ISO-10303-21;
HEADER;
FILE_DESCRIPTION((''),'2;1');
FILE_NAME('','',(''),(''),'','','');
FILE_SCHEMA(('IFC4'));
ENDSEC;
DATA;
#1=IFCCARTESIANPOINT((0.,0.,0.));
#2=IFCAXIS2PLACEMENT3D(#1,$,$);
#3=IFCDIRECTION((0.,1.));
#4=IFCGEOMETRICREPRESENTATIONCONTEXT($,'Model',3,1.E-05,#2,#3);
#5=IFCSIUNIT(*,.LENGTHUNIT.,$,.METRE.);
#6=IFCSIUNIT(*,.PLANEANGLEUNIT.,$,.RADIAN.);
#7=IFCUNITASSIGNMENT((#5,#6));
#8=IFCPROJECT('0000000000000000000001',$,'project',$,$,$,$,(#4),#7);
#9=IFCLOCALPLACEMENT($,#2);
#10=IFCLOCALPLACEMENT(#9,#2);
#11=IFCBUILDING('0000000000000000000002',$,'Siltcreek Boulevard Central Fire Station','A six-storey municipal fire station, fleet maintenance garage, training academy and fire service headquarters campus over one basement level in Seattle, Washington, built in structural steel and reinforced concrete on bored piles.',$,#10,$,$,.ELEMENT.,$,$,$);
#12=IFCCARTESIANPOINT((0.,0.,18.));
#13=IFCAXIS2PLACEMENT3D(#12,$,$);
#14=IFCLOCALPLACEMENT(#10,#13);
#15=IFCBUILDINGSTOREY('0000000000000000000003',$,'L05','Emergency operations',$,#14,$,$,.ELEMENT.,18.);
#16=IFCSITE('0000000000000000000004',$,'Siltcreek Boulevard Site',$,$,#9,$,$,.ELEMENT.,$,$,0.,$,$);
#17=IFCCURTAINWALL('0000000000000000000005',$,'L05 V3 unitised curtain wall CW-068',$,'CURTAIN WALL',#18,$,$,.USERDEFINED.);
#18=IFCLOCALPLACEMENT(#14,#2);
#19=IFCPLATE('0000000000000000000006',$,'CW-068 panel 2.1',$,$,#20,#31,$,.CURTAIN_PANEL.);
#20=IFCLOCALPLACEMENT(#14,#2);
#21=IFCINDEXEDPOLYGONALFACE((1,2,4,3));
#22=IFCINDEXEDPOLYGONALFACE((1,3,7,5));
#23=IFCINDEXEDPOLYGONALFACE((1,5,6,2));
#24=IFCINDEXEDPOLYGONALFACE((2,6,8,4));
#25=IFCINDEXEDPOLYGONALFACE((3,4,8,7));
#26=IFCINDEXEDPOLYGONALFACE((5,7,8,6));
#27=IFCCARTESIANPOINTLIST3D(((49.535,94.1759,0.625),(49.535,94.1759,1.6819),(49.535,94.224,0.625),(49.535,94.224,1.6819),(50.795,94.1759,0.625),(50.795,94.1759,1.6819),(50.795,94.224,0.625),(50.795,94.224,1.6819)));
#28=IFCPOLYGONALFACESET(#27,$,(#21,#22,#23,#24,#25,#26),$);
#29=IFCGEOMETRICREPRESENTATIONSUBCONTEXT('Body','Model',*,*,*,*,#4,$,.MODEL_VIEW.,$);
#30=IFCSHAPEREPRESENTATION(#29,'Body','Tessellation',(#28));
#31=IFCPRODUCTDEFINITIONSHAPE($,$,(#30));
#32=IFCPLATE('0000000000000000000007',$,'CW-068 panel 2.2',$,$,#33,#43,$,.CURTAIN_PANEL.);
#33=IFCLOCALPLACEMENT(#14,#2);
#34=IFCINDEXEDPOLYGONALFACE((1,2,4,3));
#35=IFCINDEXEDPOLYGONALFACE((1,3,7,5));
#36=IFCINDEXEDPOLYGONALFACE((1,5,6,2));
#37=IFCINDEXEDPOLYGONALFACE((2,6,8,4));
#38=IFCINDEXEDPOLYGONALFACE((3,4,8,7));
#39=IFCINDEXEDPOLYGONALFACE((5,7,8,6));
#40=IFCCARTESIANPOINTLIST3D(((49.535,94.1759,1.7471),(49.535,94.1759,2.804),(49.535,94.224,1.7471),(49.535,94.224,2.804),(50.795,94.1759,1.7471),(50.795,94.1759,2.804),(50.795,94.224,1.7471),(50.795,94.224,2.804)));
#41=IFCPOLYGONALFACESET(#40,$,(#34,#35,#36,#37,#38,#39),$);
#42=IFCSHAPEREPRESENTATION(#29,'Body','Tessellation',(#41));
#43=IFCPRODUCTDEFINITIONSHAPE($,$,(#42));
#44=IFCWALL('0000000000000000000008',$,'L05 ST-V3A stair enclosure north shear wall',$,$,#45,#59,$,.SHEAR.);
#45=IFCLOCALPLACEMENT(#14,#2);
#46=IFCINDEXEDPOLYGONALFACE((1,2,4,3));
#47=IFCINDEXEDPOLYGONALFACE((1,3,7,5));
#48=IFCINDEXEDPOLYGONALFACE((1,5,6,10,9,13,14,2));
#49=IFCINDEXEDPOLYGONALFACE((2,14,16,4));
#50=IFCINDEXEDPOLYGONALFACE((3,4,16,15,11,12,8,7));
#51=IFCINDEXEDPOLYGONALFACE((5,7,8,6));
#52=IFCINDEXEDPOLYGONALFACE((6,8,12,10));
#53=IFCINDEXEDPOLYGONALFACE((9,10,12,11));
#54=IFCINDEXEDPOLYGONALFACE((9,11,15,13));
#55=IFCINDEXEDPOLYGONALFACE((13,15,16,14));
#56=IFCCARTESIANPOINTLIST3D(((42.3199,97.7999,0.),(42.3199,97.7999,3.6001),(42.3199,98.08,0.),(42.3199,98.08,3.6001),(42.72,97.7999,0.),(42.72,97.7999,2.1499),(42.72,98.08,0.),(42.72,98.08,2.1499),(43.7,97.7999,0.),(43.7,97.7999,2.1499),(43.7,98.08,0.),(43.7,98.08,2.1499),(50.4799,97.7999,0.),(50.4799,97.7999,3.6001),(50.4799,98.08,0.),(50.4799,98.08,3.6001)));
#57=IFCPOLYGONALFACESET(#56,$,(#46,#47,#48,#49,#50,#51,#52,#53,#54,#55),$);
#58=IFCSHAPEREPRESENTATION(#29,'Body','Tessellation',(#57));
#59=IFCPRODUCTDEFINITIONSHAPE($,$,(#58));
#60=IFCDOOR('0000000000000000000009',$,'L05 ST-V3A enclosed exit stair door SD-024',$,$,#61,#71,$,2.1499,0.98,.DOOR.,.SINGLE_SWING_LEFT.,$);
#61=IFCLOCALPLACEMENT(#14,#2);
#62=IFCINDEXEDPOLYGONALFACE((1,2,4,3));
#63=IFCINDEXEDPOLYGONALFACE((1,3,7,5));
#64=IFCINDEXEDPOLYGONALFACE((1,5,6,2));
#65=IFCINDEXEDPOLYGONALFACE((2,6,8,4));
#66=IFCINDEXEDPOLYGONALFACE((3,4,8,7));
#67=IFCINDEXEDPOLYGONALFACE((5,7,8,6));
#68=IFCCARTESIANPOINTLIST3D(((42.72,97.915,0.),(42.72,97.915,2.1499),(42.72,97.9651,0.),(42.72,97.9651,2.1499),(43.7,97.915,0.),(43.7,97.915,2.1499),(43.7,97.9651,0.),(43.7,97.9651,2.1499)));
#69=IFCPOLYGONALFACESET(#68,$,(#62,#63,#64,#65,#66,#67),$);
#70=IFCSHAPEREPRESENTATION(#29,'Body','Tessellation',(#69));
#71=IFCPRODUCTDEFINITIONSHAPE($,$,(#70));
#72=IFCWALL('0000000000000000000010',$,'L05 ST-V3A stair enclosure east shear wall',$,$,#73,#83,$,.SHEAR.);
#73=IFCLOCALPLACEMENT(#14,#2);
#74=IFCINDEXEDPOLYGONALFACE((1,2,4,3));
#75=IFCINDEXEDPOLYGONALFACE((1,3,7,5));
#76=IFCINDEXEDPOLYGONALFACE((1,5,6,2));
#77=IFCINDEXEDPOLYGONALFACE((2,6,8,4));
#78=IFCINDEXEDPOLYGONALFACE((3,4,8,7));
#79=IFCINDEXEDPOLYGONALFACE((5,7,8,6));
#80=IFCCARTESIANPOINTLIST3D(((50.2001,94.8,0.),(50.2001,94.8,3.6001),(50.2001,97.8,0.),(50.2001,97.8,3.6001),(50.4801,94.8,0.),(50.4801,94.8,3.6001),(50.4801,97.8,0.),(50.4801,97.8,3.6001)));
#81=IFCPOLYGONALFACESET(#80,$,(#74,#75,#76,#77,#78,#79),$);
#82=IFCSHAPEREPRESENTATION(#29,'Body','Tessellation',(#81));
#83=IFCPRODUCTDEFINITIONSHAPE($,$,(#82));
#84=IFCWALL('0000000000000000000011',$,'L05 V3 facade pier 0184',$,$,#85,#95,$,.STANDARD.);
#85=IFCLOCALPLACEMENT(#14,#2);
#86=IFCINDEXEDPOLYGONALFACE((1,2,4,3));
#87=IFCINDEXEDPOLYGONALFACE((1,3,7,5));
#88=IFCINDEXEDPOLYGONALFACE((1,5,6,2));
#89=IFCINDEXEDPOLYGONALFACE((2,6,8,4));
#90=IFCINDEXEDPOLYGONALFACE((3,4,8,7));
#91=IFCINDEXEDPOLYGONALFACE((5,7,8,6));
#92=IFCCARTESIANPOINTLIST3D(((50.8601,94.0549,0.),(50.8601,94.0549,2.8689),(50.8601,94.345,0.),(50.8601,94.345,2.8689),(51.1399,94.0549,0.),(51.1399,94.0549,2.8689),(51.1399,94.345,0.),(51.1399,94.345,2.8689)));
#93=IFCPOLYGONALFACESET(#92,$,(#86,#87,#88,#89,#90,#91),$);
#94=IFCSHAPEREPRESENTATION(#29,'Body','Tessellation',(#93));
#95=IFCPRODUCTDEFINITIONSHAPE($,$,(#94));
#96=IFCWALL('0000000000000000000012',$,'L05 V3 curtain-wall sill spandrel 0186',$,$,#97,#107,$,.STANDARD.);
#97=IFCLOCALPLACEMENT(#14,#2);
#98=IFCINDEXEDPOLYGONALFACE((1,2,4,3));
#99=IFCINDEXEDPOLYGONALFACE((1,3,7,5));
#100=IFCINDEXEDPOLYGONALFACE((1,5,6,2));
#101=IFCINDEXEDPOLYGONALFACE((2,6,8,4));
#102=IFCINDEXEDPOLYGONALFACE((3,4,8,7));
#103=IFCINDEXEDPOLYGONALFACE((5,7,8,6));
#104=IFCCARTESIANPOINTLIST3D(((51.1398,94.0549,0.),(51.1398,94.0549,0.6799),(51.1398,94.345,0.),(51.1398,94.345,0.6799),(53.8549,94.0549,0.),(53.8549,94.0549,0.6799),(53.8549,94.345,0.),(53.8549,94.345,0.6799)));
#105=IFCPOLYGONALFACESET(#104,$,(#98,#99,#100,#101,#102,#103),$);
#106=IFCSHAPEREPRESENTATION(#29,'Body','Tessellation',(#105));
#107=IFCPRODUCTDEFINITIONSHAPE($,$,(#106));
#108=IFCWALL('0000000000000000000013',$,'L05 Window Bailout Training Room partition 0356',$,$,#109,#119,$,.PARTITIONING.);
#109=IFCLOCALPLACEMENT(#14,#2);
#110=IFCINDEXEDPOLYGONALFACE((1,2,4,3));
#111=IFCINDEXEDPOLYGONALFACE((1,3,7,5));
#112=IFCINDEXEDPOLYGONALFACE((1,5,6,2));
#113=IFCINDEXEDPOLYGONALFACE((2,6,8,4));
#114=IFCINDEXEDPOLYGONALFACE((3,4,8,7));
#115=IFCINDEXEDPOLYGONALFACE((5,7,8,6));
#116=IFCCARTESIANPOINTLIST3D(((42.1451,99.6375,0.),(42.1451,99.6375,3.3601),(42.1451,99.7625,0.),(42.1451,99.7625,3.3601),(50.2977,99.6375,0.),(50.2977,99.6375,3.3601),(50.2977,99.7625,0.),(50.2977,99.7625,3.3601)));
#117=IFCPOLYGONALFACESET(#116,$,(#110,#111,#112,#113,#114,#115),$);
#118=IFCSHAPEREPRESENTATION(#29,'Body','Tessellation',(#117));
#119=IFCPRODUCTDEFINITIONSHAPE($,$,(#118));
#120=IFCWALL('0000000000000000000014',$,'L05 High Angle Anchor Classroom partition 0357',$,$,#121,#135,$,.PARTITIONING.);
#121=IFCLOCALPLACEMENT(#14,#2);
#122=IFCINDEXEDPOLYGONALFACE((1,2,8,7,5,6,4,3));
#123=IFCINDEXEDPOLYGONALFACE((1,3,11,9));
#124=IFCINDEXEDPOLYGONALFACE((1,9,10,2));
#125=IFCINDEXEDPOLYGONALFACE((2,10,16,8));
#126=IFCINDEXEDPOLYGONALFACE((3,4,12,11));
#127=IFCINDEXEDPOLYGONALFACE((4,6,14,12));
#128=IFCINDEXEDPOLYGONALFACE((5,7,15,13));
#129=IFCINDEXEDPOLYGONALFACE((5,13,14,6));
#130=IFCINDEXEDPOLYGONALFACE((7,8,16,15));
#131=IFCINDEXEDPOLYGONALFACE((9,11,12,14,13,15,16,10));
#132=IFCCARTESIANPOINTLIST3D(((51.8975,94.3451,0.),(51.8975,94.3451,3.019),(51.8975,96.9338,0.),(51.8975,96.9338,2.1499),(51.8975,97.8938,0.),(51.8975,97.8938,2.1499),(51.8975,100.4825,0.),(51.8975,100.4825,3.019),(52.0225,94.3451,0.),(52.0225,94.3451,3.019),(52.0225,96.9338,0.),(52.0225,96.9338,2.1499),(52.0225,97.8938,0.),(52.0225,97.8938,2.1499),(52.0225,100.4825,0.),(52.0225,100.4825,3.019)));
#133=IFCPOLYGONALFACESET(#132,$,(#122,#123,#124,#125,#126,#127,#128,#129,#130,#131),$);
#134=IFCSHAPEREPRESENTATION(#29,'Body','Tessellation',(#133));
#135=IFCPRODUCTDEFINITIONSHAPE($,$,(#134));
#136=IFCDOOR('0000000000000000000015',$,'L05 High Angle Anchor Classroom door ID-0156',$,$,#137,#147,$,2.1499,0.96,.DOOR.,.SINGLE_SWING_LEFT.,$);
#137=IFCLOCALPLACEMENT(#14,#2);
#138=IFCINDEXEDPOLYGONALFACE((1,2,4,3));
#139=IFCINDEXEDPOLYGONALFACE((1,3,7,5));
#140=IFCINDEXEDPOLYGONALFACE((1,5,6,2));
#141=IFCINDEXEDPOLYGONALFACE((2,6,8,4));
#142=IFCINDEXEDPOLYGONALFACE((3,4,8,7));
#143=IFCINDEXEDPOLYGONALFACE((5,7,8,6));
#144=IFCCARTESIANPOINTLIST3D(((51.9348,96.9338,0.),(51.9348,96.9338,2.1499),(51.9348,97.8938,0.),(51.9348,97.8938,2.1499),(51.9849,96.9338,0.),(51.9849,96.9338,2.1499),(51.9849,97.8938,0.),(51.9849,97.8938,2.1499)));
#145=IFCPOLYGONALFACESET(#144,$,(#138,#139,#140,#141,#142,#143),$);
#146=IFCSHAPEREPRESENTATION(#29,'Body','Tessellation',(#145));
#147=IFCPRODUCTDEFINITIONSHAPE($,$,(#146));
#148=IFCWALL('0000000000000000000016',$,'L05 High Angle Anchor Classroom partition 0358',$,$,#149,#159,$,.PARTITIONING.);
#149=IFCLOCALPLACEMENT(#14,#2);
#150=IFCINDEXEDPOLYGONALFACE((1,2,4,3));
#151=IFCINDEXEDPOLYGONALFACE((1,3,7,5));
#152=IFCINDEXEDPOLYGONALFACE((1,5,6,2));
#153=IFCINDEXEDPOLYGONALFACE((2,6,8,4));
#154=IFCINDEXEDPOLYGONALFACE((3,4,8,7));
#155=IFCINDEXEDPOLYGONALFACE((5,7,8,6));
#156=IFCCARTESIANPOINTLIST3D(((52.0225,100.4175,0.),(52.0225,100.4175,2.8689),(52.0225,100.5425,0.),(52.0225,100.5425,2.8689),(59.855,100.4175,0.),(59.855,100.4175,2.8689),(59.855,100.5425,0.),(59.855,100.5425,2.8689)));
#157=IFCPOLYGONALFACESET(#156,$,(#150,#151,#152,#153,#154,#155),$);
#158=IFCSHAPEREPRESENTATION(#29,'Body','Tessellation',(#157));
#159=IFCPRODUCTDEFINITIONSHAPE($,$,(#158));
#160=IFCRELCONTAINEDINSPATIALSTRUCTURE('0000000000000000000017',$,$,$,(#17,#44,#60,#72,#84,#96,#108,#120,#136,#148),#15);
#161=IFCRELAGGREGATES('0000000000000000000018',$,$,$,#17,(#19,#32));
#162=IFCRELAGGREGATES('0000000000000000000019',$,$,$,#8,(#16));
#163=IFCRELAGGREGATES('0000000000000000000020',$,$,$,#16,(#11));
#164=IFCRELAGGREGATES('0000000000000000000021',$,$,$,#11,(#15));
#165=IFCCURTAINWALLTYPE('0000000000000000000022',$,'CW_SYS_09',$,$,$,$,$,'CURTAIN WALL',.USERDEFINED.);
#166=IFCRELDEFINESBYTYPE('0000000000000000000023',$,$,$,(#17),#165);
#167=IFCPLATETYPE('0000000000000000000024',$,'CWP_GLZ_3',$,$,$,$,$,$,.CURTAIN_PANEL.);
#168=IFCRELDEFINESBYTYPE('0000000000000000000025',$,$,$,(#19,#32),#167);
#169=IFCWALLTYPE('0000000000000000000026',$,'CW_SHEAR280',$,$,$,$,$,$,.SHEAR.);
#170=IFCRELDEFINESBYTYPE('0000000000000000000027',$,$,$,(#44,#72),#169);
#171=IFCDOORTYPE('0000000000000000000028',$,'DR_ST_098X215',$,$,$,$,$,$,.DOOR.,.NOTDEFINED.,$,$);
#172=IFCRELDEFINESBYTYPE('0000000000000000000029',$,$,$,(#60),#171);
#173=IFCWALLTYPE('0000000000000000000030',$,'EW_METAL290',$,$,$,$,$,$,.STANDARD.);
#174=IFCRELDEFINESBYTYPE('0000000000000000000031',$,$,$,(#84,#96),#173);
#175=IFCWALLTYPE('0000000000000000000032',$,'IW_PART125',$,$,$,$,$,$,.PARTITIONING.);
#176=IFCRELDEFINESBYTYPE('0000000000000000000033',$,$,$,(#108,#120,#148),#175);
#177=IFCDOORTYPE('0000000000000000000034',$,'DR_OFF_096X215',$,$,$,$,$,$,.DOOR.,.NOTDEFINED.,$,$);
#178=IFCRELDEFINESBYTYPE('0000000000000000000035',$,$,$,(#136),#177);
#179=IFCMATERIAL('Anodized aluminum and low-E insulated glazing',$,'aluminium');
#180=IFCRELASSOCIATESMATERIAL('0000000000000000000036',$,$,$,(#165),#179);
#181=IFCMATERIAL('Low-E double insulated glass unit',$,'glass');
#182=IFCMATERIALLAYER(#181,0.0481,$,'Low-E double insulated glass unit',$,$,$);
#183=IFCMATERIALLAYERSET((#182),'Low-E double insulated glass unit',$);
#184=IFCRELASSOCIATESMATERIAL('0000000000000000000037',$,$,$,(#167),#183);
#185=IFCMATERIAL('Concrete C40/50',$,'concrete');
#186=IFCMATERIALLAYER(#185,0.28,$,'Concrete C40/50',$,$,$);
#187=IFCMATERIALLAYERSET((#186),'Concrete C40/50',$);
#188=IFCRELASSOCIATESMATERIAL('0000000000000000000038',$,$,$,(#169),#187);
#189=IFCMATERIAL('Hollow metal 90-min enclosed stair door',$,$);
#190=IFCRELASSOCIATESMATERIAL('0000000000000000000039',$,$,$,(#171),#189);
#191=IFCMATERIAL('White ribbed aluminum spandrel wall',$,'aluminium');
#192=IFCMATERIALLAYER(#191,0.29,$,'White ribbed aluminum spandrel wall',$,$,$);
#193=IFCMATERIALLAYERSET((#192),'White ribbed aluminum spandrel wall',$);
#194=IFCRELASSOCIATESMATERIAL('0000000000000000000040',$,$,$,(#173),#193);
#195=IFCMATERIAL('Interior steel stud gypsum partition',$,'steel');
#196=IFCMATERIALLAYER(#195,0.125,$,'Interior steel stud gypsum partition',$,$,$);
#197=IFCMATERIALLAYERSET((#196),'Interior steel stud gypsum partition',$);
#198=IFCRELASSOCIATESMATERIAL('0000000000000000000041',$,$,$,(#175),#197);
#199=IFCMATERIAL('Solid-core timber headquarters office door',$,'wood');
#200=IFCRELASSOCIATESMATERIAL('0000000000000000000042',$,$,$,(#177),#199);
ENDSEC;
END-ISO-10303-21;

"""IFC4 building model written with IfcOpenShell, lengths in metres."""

from ifc_helpers import new_model, si_unit, direction, frame, frame_2d, origin, origin_2d, place, context, subcontext, project, spatial, rectangle, extrude, material, layer, layer_set, type_object, element, fill, aggregate, save


model = new_model("IFC4")

# Units and contexts
model_context = context("Model", 3, precision=1e-05, world=origin(), true_north=direction((0.0, 1.0)))
body_context = subcontext(model_context, "Body", "Model", "MODEL_VIEW")
ifc_project = project(units=[si_unit("LENGTHUNIT", "METRE"), si_unit("PLANEANGLEUNIT", "RADIAN")], contexts=[model_context])

# Site, building, storey
site_placement = place(None, origin())
site = spatial("IfcSite", under=ifc_project, at=site_placement, Name="Siltcreek Boulevard Site", CompositionType="ELEMENT", RefElevation=0.0)
building_placement = place(site_placement, origin())
building = spatial("IfcBuilding", under=site, at=building_placement, Name="Siltcreek Boulevard Central Fire Station", Description="A six-storey municipal fire station, fleet maintenance garage, training academy and fire service headquarters campus over one basement level in Seattle, Washington, built in structural steel and reinforced concrete on bored piles.", CompositionType="ELEMENT")
storey_placement = place(building_placement, frame((0.0, 0.0, 18.0)))
storey = spatial("IfcBuildingStorey", under=building, at=storey_placement, Name="L05", Description="Emergency operations", CompositionType="ELEMENT", Elevation=18.0)

# Curtain wall
ifc_material_1 = material(Name="Anodized aluminum and low-E insulated glazing", Category="aluminium")
curtain_wall_type_1 = type_object("IfcCurtainWallType", Name="CW_SYS_09", ElementType="CURTAIN WALL", PredefinedType="USERDEFINED", material=ifc_material_1)
curtain_wall_1_placement = place(storey_placement, origin())
curtain_wall_1 = element("IfcCurtainWall", 1, at=curtain_wall_1_placement, inside=storey, type_object=curtain_wall_type_1, Name="L05 V3 unitised curtain wall CW-068", ObjectType="CURTAIN WALL", PredefinedType="USERDEFINED")

# Plates
ifc_material_2 = material(Name="Low-E double insulated glass unit", Category="glass")
ifc_layer_1 = layer(ifc_material_2, 0.0481, Name="Low-E double insulated glass unit")
ifc_layer_set_1 = layer_set([ifc_layer_1], Name="Low-E double insulated glass unit")
plate_type_1 = type_object("IfcPlateType", Name="CWP_GLZ_3", PredefinedType="CURTAIN_PANEL", material=ifc_layer_set_1)
plate_1_placement = place(storey_placement, frame((50.165, 94.2, 0.625), z_axis=(0.0, 0.0, 1.0), x_axis=(1.0, 0.0, 0.0)))
plate_1 = element("IfcPlate", 2, at=plate_1_placement, type_object=plate_type_1, Name="CW-068 panel 2.1", PredefinedType="CURTAIN_PANEL", context=body_context, shape_type="SweptSolid", body=[
    extrude(rectangle(XDim=1.26, YDim=0.0481, at=origin_2d()), origin(), (0.0, 0.0, 1.0), 1.0569),
])
plate_2_placement = place(storey_placement, frame((50.165, 94.2, 1.7471), z_axis=(0.0, 0.0, 1.0), x_axis=(1.0, 0.0, 0.0)))
plate_2 = element("IfcPlate", 3, at=plate_2_placement, type_object=plate_type_1, Name="CW-068 panel 2.2", PredefinedType="CURTAIN_PANEL", context=body_context, shape_type="SweptSolid", body=[
    extrude(rectangle(XDim=1.26, YDim=0.0481, at=origin_2d()), origin(), (0.0, 0.0, 1.0), 1.0569),
])
aggregate(curtain_wall_1, [plate_1, plate_2])

# Wall, opening, door
ifc_material_3 = material(Name="Concrete C40/50", Category="concrete")
ifc_layer_2 = layer(ifc_material_3, 0.28, Name="Concrete C40/50")
ifc_layer_set_2 = layer_set([ifc_layer_2], Name="Concrete C40/50")
wall_type_1 = type_object("IfcWallType", Name="CW_SHEAR280", PredefinedType="SHEAR", material=ifc_layer_set_2)
wall_1_placement = place(storey_placement, frame((50.48, 97.9399, 0.0), z_axis=(0.0, 0.0, 1.0), x_axis=(-1.0, 0.0, 0.0)))
wall_1 = element("IfcWall", 4, at=wall_1_placement, inside=storey, type_object=wall_type_1, Name="L05 ST-V3A stair enclosure north shear wall", PredefinedType="SHEAR", context=body_context, shape_type="SweptSolid", body=[
    extrude(rectangle(XDim=8.1599, YDim=0.28, at=frame_2d((4.0801, 0.0))), origin(), (0.0, 0.0, 1.0), 3.6001),
])
opening_1_placement = place(wall_1_placement, frame((6.78, 0.0, 0.0)))
opening_1 = element("IfcOpeningElement", 5, at=opening_1_placement, cuts=wall_1, PredefinedType="OPENING", context=body_context, shape_type="SweptSolid", body=[
    extrude(rectangle(XDim=0.98, YDim=2.1499, at=frame_2d((0.49, 1.075))), frame((0.0, 0.1499, 0.0), z_axis=(0.0, -1.0, 0.0), x_axis=(1.0, 0.0, 0.0)), (0.0, 0.0, 1.0), 0.3),
])
ifc_material_4 = material(Name="Hollow metal 90-min enclosed stair door")
door_type_1 = type_object("IfcDoorType", Name="DR_ST_098X215", OperationType="NOTDEFINED", PredefinedType="DOOR", material=ifc_material_4)
door_1_placement = place(opening_1_placement, origin())
door_1 = element("IfcDoor", 6, at=door_1_placement, inside=storey, type_object=door_type_1, Name="L05 ST-V3A enclosed exit stair door SD-024", OperationType="SINGLE_SWING_LEFT", OverallHeight=2.1499, OverallWidth=0.98, PredefinedType="DOOR", context=body_context, shape_type="SweptSolid", body=[
    extrude(rectangle(XDim=0.98, YDim=2.1499, at=frame_2d((0.49, 1.075))), frame((0.0, 0.0249, 0.0), z_axis=(0.0, -1.0, 0.0), x_axis=(1.0, 0.0, 0.0)), (0.0, 0.0, 1.0), 0.05),
])
fill(opening_1, door_1)

# Walls
wall_2_placement = place(storey_placement, frame((50.3401, 94.8, 0.0), z_axis=(0.0, 0.0, 1.0), x_axis=(0.0, 1.0, 0.0)))
element("IfcWall", 7, at=wall_2_placement, inside=storey, type_object=wall_type_1, Name="L05 ST-V3A stair enclosure east shear wall", PredefinedType="SHEAR", context=body_context, shape_type="SweptSolid", body=[
    extrude(rectangle(XDim=3.0, YDim=0.28, at=frame_2d((1.5, 0.0))), origin(), (0.0, 0.0, 1.0), 3.6001),
])
ifc_material_5 = material(Name="White ribbed aluminum spandrel wall", Category="aluminium")
ifc_layer_3 = layer(ifc_material_5, 0.29, Name="White ribbed aluminum spandrel wall")
ifc_layer_set_3 = layer_set([ifc_layer_3], Name="White ribbed aluminum spandrel wall")
wall_type_2 = type_object("IfcWallType", Name="EW_METAL290", PredefinedType="STANDARD", material=ifc_layer_set_3)
wall_3_placement = place(storey_placement, frame((50.8601, 94.2, 0.0), z_axis=(0.0, 0.0, 1.0), x_axis=(1.0, 0.0, 0.0)))
element("IfcWall", 8, at=wall_3_placement, inside=storey, type_object=wall_type_2, Name="L05 V3 facade pier 0184", PredefinedType="STANDARD", context=body_context, shape_type="SweptSolid", body=[
    extrude(rectangle(XDim=0.2798, YDim=0.29, at=frame_2d((0.1399, 0.0))), origin(), (0.0, 0.0, 1.0), 2.8689),
])
wall_4_placement = place(storey_placement, frame((51.1399, 94.2, 0.0), z_axis=(0.0, 0.0, 1.0), x_axis=(1.0, 0.0, 0.0)))
element("IfcWall", 9, at=wall_4_placement, inside=storey, type_object=wall_type_2, Name="L05 V3 curtain-wall sill spandrel 0186", PredefinedType="STANDARD", context=body_context, shape_type="SweptSolid", body=[
    extrude(rectangle(XDim=2.7151, YDim=0.29, at=frame_2d((1.3574, 0.0))), origin(), (0.0, 0.0, 1.0), 0.6799),
])
ifc_material_6 = material(Name="Interior steel stud gypsum partition", Category="steel")
ifc_layer_4 = layer(ifc_material_6, 0.125, Name="Interior steel stud gypsum partition")
ifc_layer_set_4 = layer_set([ifc_layer_4], Name="Interior steel stud gypsum partition")
wall_type_3 = type_object("IfcWallType", Name="IW_PART125", PredefinedType="PARTITIONING", material=ifc_layer_set_4)
wall_5_placement = place(storey_placement, frame((50.2976, 99.7, 0.0), z_axis=(0.0, 0.0, 1.0), x_axis=(-1.0, 0.0, 0.0)))
element("IfcWall", 10, at=wall_5_placement, inside=storey, type_object=wall_type_3, Name="L05 Window Bailout Training Room partition 0356", PredefinedType="PARTITIONING", context=body_context, shape_type="SweptSolid", body=[
    extrude(rectangle(XDim=8.1526, YDim=0.125, at=frame_2d((4.0762, 0.0))), origin(), (0.0, 0.0, 1.0), 3.3601),
])

# Wall, opening, door
wall_6_placement = place(storey_placement, frame((51.96, 94.345, 0.0), z_axis=(0.0, 0.0, 1.0), x_axis=(0.0, 1.0, 0.0)))
wall_6 = element("IfcWall", 11, at=wall_6_placement, inside=storey, type_object=wall_type_3, Name="L05 High Angle Anchor Classroom partition 0357", PredefinedType="PARTITIONING", context=body_context, shape_type="SweptSolid", body=[
    extrude(rectangle(XDim=6.1375, YDim=0.125, at=frame_2d((3.0688, 0.0))), origin(), (0.0, 0.0, 1.0), 3.019),
])
opening_2_placement = place(wall_6_placement, frame((2.5889, 0.0, 0.0)))
opening_2 = element("IfcOpeningElement", 12, at=opening_2_placement, cuts=wall_6, PredefinedType="OPENING", context=body_context, shape_type="SweptSolid", body=[
    extrude(rectangle(XDim=0.96, YDim=2.1499, at=frame_2d((0.48, 1.075))), frame((0.0, 0.0725, 0.0), z_axis=(0.0, -1.0, 0.0), x_axis=(1.0, 0.0, 0.0)), (0.0, 0.0, 1.0), 0.145),
])
ifc_material_7 = material(Name="Solid-core timber headquarters office door", Category="wood")
door_type_2 = type_object("IfcDoorType", Name="DR_OFF_096X215", OperationType="NOTDEFINED", PredefinedType="DOOR", material=ifc_material_7)
door_2_placement = place(opening_2_placement, frame((0.96, 0.0, 0.0), z_axis=(0.0, 0.0, 1.0), x_axis=(-1.0, 0.0, 0.0)))
door_2 = element("IfcDoor", 13, at=door_2_placement, inside=storey, type_object=door_type_2, Name="L05 High Angle Anchor Classroom door ID-0156", OperationType="SINGLE_SWING_LEFT", OverallHeight=2.1499, OverallWidth=0.96, PredefinedType="DOOR", context=body_context, shape_type="SweptSolid", body=[
    extrude(rectangle(XDim=0.96, YDim=2.1499, at=frame_2d((0.48, 1.075))), frame((0.0, 0.0249, 0.0), z_axis=(0.0, -1.0, 0.0), x_axis=(1.0, 0.0, 0.0)), (0.0, 0.0, 1.0), 0.05),
])
fill(opening_2, door_2)

# Wall
wall_7_placement = place(storey_placement, frame((52.0225, 100.48, 0.0), z_axis=(0.0, 0.0, 1.0), x_axis=(1.0, 0.0, 0.0)))
element("IfcWall", 14, at=wall_7_placement, inside=storey, type_object=wall_type_3, Name="L05 High Angle Anchor Classroom partition 0358", PredefinedType="PARTITIONING", context=body_context, shape_type="SweptSolid", body=[
    extrude(rectangle(XDim=7.8325, YDim=0.125, at=frame_2d((3.9163, 0.0))), origin(), (0.0, 0.0, 1.0), 2.8689),
])

save(model, "model.ifc")
